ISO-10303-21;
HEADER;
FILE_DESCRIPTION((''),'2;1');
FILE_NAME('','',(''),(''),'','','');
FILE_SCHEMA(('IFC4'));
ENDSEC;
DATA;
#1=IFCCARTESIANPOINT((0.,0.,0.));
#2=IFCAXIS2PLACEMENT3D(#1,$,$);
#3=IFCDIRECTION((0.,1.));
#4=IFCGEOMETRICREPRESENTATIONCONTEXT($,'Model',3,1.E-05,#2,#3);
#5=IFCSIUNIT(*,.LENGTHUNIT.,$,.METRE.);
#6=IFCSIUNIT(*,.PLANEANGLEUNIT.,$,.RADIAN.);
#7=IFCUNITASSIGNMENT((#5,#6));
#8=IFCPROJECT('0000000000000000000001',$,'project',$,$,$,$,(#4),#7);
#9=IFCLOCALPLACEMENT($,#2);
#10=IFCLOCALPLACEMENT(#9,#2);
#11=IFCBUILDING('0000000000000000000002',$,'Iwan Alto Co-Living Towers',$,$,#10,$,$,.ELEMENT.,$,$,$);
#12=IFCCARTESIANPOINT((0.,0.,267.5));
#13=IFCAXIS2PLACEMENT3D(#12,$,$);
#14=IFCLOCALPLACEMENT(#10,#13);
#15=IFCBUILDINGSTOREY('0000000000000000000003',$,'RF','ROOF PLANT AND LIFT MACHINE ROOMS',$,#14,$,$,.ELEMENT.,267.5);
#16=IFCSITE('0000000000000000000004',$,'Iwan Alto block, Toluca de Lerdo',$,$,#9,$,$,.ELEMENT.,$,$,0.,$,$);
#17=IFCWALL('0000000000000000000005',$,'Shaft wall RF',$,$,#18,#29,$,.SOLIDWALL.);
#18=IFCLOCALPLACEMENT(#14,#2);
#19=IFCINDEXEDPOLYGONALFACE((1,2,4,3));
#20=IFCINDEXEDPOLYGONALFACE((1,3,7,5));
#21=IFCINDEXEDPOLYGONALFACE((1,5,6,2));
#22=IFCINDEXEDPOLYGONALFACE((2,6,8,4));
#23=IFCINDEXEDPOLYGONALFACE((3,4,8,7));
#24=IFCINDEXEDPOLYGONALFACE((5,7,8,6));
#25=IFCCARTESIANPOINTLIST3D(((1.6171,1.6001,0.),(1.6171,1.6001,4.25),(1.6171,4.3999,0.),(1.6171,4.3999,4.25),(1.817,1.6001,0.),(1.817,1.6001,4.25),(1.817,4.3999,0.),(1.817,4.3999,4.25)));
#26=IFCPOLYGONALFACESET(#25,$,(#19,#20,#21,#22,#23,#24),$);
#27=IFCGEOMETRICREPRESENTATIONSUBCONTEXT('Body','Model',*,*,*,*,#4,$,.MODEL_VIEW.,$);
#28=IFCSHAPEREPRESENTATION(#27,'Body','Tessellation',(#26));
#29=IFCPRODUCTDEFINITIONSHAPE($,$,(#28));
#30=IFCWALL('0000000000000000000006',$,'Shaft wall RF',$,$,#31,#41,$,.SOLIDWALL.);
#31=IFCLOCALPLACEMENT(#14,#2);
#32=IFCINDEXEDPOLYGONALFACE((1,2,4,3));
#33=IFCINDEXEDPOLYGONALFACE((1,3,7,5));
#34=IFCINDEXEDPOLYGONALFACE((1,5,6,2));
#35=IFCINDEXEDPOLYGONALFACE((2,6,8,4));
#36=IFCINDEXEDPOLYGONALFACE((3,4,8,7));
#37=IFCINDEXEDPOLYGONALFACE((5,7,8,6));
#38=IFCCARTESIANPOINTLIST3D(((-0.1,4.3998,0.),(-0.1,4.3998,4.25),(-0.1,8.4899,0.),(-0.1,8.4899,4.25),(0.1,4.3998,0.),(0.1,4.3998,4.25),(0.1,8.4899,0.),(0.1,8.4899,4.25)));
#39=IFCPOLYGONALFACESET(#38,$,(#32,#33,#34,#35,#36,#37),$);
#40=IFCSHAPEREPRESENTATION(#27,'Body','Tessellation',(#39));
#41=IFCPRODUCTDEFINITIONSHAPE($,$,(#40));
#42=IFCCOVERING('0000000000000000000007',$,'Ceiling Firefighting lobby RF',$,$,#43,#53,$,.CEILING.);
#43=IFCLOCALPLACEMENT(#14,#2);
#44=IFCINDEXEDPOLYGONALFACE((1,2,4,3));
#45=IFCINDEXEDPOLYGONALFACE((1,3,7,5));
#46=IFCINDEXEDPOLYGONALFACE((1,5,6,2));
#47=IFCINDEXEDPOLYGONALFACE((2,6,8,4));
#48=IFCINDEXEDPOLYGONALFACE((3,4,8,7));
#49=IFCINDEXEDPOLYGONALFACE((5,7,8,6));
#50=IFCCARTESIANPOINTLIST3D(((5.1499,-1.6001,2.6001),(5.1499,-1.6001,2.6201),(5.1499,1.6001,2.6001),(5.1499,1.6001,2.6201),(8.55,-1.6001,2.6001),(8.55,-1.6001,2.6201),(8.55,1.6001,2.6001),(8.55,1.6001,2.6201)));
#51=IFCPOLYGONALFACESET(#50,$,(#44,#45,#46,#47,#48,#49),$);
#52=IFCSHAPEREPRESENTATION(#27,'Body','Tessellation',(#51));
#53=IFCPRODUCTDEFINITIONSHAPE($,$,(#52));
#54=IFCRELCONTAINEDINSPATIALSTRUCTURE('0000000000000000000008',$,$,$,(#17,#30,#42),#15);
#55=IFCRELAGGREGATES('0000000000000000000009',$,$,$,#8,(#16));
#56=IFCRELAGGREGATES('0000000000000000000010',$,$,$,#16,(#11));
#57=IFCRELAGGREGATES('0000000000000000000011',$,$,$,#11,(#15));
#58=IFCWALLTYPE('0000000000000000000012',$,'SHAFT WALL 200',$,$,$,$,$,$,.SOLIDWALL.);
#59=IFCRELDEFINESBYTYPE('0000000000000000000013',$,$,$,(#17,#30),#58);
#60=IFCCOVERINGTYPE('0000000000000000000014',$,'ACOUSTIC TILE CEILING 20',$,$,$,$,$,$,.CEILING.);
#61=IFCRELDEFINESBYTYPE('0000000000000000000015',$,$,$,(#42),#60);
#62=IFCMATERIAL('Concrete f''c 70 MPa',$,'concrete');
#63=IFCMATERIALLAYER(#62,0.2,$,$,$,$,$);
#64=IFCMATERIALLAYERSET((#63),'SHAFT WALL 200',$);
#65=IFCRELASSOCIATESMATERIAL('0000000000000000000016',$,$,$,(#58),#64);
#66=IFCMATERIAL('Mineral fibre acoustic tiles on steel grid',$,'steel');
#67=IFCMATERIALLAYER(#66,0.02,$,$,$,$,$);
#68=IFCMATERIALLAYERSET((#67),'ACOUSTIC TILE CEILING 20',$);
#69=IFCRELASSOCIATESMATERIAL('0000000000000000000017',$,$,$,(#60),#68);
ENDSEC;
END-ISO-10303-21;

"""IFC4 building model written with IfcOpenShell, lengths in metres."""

from ifc_helpers import new_model, si_unit, direction, frame, frame_2d, origin, place, context, subcontext, project, spatial, polyline, rectangle, outline, extrude, material, layer, layer_set, type_object, element, save


model = new_model("IFC4")

# Units and contexts
model_context = context("Model", 3, precision=1e-05, world=origin(), true_north=direction((0.0, 1.0)))
body_context = subcontext(model_context, "Body", "Model", "MODEL_VIEW")
ifc_project = project(units=[si_unit("LENGTHUNIT", "METRE"), si_unit("PLANEANGLEUNIT", "RADIAN")], contexts=[model_context])

# Site, building, storey
site_placement = place(None, origin())
site = spatial("IfcSite", under=ifc_project, at=site_placement, Name="Iwan Alto block, Toluca de Lerdo", CompositionType="ELEMENT", RefElevation=0.0)
building_placement = place(site_placement, origin())
building = spatial("IfcBuilding", under=site, at=building_placement, Name="Iwan Alto Co-Living Towers", CompositionType="ELEMENT")
storey_placement = place(building_placement, frame((0.0, 0.0, 267.5)))
storey = spatial("IfcBuildingStorey", under=building, at=storey_placement, Name="RF", Description="ROOF PLANT AND LIFT MACHINE ROOMS", CompositionType="ELEMENT", Elevation=267.5)

# Walls
ifc_material_1 = material(Name="Concrete f'c 70 MPa", Category="concrete")
ifc_layer_1 = layer(ifc_material_1, 0.2)
ifc_layer_set_1 = layer_set([ifc_layer_1], Name="SHAFT WALL 200")
wall_type_1 = type_object("IfcWallType", Name="SHAFT WALL 200", PredefinedType="SOLIDWALL", material=ifc_layer_set_1)
wall_1_placement = place(storey_placement, frame((1.717, 1.6001, 0.0), z_axis=(0.0, 0.0, 1.0), x_axis=(0.0, 1.0, 0.0)))
element("IfcWall", 1, at=wall_1_placement, inside=storey, type_object=wall_type_1, Name="Shaft wall RF", PredefinedType="SOLIDWALL", context=body_context, shape_type="SweptSolid", body=[
    extrude(rectangle(XDim=2.7998, YDim=0.2, at=frame_2d((1.3999, 0.0))), origin(), (0.0, 0.0, 1.0), 4.25),
])
wall_2_placement = place(storey_placement, frame((0.0, 4.3999, 0.0), z_axis=(0.0, 0.0, 1.0), x_axis=(0.0, 1.0, 0.0)))
element("IfcWall", 2, at=wall_2_placement, inside=storey, type_object=wall_type_1, Name="Shaft wall RF", PredefinedType="SOLIDWALL", context=body_context, shape_type="SweptSolid", body=[
    extrude(rectangle(XDim=4.0901, YDim=0.2, at=frame_2d((2.0449, 0.0))), origin(), (0.0, 0.0, 1.0), 4.25),
])

# Covering
ifc_material_2 = material(Name="Mineral fibre acoustic tiles on steel grid", Category="steel")
ifc_layer_2 = layer(ifc_material_2, 0.02)
ifc_layer_set_2 = layer_set([ifc_layer_2], Name="ACOUSTIC TILE CEILING 20")
covering_type = type_object("IfcCoveringType", Name="ACOUSTIC TILE CEILING 20", PredefinedType="CEILING", material=ifc_layer_set_2)
covering_placement = place(storey_placement, frame((0.0, 0.0, 2.6001)))
element("IfcCovering", 3, at=covering_placement, inside=storey, type_object=covering_type, Name="Ceiling Firefighting lobby RF", PredefinedType="CEILING", context=body_context, shape_type="SweptSolid", body=[
    extrude(outline(polyline([(5.1499, -1.6001), (5.1499, 1.6001), (8.55, 1.6001), (8.55, -1.6001), (5.1499, -1.6001)])), origin(), (0.0, 0.0, 1.0), 0.02),
])

save(model, "model.ifc")
